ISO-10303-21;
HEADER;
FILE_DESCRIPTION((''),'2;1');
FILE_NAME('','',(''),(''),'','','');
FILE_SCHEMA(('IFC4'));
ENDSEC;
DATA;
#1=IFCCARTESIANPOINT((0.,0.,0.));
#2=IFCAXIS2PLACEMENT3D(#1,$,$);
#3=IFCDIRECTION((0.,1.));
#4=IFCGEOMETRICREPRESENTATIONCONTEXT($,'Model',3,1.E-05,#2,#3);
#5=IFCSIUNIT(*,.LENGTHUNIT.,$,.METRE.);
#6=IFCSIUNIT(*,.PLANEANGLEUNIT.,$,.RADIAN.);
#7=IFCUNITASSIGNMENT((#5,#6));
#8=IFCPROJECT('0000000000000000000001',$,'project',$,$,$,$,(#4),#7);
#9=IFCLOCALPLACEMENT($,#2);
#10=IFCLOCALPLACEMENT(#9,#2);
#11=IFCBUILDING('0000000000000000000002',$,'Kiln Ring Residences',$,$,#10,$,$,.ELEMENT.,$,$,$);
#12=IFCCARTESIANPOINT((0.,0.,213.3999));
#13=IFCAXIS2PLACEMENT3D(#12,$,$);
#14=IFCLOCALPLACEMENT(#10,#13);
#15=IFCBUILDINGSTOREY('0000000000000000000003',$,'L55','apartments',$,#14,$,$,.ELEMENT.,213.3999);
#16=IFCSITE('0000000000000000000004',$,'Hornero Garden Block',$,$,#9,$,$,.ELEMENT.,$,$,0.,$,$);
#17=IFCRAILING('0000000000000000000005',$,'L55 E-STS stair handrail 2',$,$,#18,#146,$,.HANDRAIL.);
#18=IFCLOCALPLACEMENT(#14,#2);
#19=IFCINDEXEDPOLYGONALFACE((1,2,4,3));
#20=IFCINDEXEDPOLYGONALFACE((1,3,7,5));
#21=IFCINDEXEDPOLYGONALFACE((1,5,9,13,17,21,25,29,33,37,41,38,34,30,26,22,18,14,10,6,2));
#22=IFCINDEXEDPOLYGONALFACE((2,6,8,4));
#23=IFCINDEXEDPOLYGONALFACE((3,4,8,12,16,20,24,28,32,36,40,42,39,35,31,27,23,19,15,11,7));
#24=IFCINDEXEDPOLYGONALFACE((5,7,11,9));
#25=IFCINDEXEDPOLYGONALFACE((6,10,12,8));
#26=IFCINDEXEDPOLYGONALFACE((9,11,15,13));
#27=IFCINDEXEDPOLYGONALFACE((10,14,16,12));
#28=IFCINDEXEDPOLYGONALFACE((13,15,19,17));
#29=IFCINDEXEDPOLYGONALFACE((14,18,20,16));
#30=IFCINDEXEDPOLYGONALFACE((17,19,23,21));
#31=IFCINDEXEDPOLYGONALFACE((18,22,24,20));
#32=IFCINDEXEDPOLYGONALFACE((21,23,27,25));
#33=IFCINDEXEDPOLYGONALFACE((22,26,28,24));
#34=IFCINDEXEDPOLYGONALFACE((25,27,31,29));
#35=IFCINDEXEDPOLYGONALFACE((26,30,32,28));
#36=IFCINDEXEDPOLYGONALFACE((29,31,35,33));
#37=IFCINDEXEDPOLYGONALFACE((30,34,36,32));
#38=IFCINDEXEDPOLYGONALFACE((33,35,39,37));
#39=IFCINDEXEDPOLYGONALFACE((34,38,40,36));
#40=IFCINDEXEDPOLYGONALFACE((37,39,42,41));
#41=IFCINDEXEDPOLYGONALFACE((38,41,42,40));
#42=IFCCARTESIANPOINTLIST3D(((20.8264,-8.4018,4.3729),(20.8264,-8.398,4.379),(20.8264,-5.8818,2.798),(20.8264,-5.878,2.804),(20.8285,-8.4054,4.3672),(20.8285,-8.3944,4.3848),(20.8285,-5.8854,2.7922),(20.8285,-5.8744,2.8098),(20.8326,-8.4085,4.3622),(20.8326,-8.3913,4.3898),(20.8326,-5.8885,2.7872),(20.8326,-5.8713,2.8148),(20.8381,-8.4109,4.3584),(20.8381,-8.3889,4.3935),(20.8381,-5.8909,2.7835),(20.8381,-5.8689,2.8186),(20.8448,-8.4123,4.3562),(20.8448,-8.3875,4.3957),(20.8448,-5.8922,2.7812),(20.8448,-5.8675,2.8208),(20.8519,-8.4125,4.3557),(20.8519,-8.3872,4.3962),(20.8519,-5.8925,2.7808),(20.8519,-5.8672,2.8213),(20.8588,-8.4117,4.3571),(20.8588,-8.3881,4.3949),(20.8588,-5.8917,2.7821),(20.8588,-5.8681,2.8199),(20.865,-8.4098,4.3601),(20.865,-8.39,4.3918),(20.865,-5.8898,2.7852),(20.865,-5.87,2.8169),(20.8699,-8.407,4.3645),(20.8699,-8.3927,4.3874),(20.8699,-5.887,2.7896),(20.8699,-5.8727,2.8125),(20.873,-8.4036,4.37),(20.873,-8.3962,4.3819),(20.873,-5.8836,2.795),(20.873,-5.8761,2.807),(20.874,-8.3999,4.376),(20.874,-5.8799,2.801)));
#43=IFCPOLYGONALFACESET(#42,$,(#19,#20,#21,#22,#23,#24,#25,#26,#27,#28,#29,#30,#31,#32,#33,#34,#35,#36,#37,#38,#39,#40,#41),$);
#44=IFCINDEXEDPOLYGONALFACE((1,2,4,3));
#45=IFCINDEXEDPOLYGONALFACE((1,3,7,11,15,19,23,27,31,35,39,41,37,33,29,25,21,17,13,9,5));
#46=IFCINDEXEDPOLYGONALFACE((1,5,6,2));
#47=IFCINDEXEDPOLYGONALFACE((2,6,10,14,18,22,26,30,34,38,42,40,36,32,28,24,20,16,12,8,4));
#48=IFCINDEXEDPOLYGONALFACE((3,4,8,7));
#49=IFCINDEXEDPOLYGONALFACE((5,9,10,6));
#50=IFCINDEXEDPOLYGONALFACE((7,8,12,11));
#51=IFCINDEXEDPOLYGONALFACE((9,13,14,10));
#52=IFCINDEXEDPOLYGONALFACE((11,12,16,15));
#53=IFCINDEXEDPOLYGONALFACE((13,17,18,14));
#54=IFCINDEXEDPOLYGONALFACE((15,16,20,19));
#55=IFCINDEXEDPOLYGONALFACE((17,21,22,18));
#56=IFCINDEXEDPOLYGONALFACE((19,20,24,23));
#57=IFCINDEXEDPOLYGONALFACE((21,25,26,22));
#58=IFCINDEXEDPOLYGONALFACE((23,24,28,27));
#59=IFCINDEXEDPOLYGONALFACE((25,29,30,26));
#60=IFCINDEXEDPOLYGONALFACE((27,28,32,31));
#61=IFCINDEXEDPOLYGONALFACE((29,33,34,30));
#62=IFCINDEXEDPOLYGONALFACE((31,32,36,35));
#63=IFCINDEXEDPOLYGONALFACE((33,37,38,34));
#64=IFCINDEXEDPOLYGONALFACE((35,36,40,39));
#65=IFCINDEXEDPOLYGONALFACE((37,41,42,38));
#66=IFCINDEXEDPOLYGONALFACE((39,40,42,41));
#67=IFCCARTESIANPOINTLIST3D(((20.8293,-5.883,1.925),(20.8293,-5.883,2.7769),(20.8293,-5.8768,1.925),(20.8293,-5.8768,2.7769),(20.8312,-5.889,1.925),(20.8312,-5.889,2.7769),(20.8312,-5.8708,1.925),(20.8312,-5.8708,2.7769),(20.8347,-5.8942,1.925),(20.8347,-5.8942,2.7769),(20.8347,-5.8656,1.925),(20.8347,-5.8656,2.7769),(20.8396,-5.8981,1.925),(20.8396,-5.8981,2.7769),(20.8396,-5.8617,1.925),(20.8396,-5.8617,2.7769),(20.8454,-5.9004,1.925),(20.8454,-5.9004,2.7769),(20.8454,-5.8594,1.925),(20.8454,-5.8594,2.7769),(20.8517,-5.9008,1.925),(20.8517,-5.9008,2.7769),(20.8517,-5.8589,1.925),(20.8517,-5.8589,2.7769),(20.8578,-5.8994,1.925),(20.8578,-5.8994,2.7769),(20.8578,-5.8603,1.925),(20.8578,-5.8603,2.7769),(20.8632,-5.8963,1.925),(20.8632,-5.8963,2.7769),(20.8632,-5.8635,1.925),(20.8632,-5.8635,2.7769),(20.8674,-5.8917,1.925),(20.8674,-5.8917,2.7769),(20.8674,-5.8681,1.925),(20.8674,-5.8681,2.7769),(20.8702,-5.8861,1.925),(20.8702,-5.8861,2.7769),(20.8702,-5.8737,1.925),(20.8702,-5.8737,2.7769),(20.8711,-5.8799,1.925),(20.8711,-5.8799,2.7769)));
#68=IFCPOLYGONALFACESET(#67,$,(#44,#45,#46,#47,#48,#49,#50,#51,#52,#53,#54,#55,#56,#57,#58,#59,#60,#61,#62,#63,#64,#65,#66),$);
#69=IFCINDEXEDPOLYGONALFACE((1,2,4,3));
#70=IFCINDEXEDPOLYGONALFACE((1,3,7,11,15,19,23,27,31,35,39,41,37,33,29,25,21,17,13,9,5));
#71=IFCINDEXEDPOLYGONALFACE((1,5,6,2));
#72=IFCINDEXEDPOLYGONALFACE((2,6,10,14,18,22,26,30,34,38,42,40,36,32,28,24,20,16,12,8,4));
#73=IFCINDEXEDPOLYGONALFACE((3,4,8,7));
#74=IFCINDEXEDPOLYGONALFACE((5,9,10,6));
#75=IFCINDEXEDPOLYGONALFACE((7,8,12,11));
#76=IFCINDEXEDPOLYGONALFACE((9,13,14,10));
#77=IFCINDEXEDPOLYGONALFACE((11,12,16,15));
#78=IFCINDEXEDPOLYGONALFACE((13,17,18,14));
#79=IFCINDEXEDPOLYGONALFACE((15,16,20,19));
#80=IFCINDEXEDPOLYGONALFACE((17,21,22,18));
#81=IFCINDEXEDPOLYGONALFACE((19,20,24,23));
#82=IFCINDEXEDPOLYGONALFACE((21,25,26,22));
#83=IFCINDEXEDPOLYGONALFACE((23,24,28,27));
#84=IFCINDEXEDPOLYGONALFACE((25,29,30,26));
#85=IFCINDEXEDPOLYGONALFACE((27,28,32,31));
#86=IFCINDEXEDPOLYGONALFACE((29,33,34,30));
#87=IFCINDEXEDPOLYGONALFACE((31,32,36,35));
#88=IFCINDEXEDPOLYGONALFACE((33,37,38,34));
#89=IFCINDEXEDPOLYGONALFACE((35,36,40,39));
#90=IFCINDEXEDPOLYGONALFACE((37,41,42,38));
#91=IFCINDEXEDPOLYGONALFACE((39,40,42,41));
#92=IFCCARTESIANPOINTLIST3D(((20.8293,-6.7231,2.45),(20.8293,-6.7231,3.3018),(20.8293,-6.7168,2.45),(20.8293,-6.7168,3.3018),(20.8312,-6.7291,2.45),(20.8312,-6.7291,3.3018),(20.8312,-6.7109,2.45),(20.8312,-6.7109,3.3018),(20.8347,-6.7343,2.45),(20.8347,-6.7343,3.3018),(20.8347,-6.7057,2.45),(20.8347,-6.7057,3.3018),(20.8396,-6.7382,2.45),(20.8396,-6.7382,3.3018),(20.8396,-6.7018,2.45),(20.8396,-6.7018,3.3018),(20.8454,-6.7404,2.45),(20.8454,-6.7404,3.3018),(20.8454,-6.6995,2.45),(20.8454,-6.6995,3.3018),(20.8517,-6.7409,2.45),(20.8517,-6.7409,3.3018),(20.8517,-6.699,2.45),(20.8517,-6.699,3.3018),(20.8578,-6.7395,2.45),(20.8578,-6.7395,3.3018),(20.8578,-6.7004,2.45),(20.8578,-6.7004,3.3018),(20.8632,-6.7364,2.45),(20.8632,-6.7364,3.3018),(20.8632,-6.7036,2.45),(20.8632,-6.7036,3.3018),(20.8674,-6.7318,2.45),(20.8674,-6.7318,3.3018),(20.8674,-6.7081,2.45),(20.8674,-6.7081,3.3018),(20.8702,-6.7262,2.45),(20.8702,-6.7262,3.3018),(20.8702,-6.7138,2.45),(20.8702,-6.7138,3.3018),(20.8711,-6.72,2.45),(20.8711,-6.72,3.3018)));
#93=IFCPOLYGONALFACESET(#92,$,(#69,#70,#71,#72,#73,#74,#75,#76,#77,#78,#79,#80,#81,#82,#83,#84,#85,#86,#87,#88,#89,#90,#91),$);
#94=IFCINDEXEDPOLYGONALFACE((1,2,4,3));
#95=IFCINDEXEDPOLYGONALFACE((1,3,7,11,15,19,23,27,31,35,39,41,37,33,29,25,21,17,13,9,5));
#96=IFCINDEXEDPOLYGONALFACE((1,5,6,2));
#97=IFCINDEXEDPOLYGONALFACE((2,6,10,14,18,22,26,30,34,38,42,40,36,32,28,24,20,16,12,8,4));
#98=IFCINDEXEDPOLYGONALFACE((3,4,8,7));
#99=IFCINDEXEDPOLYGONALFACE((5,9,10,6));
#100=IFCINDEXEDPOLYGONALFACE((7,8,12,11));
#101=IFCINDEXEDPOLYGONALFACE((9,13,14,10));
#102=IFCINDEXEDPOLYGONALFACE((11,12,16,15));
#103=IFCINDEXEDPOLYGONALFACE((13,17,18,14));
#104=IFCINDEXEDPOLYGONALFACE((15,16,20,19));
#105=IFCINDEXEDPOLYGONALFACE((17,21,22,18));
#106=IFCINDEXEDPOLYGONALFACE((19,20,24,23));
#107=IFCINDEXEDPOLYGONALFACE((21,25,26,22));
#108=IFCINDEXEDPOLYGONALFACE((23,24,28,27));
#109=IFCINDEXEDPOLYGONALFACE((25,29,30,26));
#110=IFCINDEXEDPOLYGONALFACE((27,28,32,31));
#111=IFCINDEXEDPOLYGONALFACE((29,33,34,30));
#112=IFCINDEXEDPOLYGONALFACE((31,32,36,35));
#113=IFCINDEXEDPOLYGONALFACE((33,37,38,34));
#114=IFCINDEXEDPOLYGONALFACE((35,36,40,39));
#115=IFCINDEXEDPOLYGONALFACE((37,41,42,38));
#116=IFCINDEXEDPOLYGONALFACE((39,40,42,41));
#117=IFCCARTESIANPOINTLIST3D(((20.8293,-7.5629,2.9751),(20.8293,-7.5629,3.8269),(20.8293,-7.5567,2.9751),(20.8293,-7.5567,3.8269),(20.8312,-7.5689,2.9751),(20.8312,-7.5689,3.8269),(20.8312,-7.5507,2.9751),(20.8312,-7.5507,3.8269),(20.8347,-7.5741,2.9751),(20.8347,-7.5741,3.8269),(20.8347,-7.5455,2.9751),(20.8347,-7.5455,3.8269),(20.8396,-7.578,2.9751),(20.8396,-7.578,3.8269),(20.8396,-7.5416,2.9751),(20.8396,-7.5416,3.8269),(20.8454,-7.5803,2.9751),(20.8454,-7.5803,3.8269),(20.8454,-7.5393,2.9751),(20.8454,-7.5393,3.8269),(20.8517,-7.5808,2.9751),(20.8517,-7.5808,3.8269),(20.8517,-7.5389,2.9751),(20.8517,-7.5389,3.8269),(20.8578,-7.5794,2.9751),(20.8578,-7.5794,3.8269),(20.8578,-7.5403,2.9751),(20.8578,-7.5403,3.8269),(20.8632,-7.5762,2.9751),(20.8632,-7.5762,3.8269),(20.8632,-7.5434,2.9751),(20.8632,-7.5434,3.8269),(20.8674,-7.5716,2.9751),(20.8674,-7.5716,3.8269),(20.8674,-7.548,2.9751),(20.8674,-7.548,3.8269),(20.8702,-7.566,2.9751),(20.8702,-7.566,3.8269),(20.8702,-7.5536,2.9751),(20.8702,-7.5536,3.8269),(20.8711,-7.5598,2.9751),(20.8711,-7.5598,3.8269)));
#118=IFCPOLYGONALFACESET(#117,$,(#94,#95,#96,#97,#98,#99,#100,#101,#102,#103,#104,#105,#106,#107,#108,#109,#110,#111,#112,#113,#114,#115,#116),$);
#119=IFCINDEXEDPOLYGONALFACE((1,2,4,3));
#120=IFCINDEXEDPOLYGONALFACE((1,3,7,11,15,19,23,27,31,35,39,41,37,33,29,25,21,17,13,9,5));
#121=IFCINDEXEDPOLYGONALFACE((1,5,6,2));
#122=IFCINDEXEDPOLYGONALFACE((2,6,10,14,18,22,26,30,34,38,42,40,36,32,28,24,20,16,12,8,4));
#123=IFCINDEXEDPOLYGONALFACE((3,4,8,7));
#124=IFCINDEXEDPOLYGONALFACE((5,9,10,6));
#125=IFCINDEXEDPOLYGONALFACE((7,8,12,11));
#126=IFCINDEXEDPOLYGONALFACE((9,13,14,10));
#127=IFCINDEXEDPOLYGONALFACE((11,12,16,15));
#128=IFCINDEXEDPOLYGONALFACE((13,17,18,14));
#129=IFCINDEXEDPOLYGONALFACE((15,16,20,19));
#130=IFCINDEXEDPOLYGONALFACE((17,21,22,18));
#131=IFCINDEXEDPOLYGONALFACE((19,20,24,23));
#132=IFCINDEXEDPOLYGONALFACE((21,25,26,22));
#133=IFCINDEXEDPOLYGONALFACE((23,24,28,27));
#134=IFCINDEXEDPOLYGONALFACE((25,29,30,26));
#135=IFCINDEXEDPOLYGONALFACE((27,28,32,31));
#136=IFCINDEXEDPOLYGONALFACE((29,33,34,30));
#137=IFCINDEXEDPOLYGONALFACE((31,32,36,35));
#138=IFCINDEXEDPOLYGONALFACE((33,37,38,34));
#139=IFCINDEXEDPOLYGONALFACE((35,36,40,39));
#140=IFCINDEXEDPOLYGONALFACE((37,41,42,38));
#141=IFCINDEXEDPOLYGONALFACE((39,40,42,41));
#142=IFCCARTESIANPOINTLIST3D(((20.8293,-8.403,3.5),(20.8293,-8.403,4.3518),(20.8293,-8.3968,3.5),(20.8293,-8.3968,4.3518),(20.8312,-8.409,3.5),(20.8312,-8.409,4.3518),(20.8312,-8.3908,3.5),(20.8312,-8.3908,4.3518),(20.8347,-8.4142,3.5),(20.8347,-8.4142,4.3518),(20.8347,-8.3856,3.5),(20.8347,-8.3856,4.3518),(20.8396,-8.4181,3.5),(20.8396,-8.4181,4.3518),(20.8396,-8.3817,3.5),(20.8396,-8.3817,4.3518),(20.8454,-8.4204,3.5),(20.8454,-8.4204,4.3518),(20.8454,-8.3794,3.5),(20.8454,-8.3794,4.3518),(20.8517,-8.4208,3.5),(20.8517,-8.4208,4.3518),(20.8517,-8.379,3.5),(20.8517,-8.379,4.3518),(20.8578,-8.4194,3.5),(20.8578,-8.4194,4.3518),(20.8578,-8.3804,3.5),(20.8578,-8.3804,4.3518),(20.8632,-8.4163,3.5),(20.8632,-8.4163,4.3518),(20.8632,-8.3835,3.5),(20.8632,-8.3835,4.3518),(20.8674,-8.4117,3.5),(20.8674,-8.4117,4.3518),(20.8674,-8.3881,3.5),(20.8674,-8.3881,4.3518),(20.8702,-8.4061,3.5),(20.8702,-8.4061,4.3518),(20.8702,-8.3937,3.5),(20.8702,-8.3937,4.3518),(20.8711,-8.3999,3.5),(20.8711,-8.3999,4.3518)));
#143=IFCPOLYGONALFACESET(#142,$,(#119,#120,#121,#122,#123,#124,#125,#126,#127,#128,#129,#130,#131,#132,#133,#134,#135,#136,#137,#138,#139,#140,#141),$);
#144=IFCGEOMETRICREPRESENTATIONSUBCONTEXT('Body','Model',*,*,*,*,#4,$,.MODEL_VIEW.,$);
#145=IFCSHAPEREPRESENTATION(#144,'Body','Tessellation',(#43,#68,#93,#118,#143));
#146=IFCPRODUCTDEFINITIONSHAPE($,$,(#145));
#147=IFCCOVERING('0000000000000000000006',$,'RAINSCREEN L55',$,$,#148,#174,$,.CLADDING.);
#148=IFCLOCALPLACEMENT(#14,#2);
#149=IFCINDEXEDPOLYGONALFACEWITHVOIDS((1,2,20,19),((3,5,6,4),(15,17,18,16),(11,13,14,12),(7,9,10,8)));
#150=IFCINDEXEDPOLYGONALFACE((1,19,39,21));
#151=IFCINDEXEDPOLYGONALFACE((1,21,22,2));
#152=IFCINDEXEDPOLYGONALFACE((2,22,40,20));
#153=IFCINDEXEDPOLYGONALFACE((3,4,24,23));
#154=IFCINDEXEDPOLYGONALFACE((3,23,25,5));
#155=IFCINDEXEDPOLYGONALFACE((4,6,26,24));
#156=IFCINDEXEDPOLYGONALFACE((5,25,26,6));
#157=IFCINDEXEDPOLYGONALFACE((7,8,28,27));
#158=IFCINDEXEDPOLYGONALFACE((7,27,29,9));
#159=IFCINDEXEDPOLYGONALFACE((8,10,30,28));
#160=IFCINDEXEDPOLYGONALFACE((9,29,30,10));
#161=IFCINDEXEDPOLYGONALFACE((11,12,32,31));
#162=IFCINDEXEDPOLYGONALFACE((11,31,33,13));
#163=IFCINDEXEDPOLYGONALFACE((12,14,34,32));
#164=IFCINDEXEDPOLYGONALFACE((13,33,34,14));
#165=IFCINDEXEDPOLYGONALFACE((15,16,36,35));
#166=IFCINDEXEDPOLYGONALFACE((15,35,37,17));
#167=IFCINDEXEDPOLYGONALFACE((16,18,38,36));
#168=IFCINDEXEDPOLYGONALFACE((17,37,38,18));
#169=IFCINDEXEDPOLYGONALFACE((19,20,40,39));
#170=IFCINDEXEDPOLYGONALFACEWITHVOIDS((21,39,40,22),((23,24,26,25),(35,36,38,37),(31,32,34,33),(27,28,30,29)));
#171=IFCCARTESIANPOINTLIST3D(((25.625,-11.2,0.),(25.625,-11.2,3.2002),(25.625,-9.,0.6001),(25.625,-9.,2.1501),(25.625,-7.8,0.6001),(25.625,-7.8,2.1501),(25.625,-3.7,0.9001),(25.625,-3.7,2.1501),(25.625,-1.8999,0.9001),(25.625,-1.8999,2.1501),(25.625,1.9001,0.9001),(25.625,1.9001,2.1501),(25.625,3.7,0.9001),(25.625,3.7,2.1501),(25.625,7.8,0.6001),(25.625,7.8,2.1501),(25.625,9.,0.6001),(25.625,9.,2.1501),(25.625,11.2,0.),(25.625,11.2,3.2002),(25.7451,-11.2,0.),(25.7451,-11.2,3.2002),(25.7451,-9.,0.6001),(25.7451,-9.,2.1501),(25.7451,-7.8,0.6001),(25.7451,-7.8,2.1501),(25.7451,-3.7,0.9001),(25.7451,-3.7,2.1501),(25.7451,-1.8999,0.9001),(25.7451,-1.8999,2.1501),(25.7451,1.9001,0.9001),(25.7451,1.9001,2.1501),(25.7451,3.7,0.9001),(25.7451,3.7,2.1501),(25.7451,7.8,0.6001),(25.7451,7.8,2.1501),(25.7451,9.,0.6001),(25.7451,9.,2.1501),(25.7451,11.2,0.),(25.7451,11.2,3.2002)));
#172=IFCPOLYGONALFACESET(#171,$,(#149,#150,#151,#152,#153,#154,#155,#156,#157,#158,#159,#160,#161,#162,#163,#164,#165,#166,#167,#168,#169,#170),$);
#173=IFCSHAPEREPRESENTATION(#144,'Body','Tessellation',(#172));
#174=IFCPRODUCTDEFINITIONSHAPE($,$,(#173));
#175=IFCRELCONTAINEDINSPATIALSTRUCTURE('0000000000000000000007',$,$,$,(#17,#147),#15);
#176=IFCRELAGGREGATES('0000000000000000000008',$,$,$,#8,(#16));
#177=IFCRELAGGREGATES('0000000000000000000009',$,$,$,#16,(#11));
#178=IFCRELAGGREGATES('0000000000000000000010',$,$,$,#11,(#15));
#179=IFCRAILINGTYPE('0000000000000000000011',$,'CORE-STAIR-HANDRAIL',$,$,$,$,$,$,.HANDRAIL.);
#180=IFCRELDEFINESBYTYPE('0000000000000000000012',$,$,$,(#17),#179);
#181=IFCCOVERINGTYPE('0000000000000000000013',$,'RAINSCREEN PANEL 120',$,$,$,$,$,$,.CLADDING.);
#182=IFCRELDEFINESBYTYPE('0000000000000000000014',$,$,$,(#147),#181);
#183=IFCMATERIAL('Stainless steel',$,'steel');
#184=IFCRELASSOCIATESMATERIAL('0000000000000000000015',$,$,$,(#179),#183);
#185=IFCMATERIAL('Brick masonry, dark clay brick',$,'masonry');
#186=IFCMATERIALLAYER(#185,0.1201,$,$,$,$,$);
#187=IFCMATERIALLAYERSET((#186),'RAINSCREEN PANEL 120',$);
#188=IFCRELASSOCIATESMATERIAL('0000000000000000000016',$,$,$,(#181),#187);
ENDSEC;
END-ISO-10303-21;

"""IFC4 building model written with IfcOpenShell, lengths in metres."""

from ifc_helpers import new_model, si_unit, direction, frame, origin, origin_2d, place, context, subcontext, project, spatial, polyline, circle, outline, extrude, material, layer, layer_set, type_object, element, save


model = new_model("IFC4")

# Units and contexts
model_context = context("Model", 3, precision=1e-05, world=origin(), true_north=direction((0.0, 1.0)))
body_context = subcontext(model_context, "Body", "Model", "MODEL_VIEW")
ifc_project = project(units=[si_unit("LENGTHUNIT", "METRE"), si_unit("PLANEANGLEUNIT", "RADIAN")], contexts=[model_context])

# Site, building, storey
site_placement = place(None, origin())
site = spatial("IfcSite", under=ifc_project, at=site_placement, Name="Hornero Garden Block", CompositionType="ELEMENT", RefElevation=0.0)
building_placement = place(site_placement, origin())
building = spatial("IfcBuilding", under=site, at=building_placement, Name="Kiln Ring Residences", CompositionType="ELEMENT")
storey_placement = place(building_placement, frame((0.0, 0.0, 213.3999)))
storey = spatial("IfcBuildingStorey", under=building, at=storey_placement, Name="L55", Description="apartments", CompositionType="ELEMENT", Elevation=213.3999)

# Railing
ifc_material_1 = material(Name="Stainless steel", Category="steel")
railing_type_1 = type_object("IfcRailingType", Name="CORE-STAIR-HANDRAIL", PredefinedType="HANDRAIL", material=ifc_material_1)
railing_1_placement = place(storey_placement, frame((20.8501, -5.8799, 1.925)))
element("IfcRailing", 1, at=railing_1_placement, inside=storey, type_object=railing_type_1, Name="L55 E-STS stair handrail 2", PredefinedType="HANDRAIL", context=body_context, shape_type="SweptSolid", body=[
    extrude(circle(Radius=0.0239, at=origin_2d()), frame((0.0, 0.0, 0.876), z_axis=(0.0, -0.848008, 0.529984), x_axis=(1.0, 0.0, 0.0)), (0.0, 0.0, 1.0), 2.9717),
    extrude(circle(Radius=0.021, at=origin_2d()), origin(), (0.0, 0.0, 1.0), 0.8518),
    extrude(circle(Radius=0.021, at=origin_2d()), frame((0.0, -0.8401, 0.5249)), (0.0, 0.0, 1.0), 0.8518),
    extrude(circle(Radius=0.021, at=origin_2d()), frame((0.0, -1.6799, 1.05)), (0.0, 0.0, 1.0), 0.8518),
    extrude(circle(Radius=0.021, at=origin_2d()), frame((0.0, -2.52, 1.575)), (0.0, 0.0, 1.0), 0.8518),
])

# Covering
ifc_material_2 = material(Name="Brick masonry, dark clay brick", Category="masonry")
ifc_layer_1 = layer(ifc_material_2, 0.1201)
ifc_layer_set_1 = layer_set([ifc_layer_1], Name="RAINSCREEN PANEL 120")
covering_type = type_object("IfcCoveringType", Name="RAINSCREEN PANEL 120", PredefinedType="CLADDING", material=ifc_layer_set_1)
covering_placement = place(storey_placement, frame((25.6851, -11.2, 0.0), z_axis=(0.0, 0.0, 1.0), x_axis=(0.0, 1.0, 0.0)))
element("IfcCovering", 2, at=covering_placement, inside=storey, type_object=covering_type, Name="RAINSCREEN L55", PredefinedType="CLADDING", context=body_context, shape_type="SweptSolid", body=[
    extrude(outline(polyline([(0.0, 0.0), (22.3999, 0.0), (22.3999, 3.2002), (0.0, 3.2002), (0.0, 0.0)]), holes=[polyline([(3.3999, 0.6001), (3.3999, 2.1501), (2.2, 2.1501), (2.2, 0.6001), (3.3999, 0.6001)]), polyline([(20.2, 0.6001), (20.2, 2.1501), (19.0, 2.1501), (19.0, 0.6001), (20.2, 0.6001)]), polyline([(9.3, 0.9001), (9.3, 2.1501), (7.5, 2.1501), (7.5, 0.9001), (9.3, 0.9001)]), polyline([(14.8999, 0.9001), (14.8999, 2.1501), (13.1001, 2.1501), (13.1001, 0.9001), (14.8999, 0.9001)])]), frame((0.0, 0.0601, 0.0), z_axis=(0.0, -1.0, 0.0), x_axis=(1.0, 0.0, 0.0)), (0.0, 0.0, 1.0), 0.1201),
])

save(model, "model.ifc")
